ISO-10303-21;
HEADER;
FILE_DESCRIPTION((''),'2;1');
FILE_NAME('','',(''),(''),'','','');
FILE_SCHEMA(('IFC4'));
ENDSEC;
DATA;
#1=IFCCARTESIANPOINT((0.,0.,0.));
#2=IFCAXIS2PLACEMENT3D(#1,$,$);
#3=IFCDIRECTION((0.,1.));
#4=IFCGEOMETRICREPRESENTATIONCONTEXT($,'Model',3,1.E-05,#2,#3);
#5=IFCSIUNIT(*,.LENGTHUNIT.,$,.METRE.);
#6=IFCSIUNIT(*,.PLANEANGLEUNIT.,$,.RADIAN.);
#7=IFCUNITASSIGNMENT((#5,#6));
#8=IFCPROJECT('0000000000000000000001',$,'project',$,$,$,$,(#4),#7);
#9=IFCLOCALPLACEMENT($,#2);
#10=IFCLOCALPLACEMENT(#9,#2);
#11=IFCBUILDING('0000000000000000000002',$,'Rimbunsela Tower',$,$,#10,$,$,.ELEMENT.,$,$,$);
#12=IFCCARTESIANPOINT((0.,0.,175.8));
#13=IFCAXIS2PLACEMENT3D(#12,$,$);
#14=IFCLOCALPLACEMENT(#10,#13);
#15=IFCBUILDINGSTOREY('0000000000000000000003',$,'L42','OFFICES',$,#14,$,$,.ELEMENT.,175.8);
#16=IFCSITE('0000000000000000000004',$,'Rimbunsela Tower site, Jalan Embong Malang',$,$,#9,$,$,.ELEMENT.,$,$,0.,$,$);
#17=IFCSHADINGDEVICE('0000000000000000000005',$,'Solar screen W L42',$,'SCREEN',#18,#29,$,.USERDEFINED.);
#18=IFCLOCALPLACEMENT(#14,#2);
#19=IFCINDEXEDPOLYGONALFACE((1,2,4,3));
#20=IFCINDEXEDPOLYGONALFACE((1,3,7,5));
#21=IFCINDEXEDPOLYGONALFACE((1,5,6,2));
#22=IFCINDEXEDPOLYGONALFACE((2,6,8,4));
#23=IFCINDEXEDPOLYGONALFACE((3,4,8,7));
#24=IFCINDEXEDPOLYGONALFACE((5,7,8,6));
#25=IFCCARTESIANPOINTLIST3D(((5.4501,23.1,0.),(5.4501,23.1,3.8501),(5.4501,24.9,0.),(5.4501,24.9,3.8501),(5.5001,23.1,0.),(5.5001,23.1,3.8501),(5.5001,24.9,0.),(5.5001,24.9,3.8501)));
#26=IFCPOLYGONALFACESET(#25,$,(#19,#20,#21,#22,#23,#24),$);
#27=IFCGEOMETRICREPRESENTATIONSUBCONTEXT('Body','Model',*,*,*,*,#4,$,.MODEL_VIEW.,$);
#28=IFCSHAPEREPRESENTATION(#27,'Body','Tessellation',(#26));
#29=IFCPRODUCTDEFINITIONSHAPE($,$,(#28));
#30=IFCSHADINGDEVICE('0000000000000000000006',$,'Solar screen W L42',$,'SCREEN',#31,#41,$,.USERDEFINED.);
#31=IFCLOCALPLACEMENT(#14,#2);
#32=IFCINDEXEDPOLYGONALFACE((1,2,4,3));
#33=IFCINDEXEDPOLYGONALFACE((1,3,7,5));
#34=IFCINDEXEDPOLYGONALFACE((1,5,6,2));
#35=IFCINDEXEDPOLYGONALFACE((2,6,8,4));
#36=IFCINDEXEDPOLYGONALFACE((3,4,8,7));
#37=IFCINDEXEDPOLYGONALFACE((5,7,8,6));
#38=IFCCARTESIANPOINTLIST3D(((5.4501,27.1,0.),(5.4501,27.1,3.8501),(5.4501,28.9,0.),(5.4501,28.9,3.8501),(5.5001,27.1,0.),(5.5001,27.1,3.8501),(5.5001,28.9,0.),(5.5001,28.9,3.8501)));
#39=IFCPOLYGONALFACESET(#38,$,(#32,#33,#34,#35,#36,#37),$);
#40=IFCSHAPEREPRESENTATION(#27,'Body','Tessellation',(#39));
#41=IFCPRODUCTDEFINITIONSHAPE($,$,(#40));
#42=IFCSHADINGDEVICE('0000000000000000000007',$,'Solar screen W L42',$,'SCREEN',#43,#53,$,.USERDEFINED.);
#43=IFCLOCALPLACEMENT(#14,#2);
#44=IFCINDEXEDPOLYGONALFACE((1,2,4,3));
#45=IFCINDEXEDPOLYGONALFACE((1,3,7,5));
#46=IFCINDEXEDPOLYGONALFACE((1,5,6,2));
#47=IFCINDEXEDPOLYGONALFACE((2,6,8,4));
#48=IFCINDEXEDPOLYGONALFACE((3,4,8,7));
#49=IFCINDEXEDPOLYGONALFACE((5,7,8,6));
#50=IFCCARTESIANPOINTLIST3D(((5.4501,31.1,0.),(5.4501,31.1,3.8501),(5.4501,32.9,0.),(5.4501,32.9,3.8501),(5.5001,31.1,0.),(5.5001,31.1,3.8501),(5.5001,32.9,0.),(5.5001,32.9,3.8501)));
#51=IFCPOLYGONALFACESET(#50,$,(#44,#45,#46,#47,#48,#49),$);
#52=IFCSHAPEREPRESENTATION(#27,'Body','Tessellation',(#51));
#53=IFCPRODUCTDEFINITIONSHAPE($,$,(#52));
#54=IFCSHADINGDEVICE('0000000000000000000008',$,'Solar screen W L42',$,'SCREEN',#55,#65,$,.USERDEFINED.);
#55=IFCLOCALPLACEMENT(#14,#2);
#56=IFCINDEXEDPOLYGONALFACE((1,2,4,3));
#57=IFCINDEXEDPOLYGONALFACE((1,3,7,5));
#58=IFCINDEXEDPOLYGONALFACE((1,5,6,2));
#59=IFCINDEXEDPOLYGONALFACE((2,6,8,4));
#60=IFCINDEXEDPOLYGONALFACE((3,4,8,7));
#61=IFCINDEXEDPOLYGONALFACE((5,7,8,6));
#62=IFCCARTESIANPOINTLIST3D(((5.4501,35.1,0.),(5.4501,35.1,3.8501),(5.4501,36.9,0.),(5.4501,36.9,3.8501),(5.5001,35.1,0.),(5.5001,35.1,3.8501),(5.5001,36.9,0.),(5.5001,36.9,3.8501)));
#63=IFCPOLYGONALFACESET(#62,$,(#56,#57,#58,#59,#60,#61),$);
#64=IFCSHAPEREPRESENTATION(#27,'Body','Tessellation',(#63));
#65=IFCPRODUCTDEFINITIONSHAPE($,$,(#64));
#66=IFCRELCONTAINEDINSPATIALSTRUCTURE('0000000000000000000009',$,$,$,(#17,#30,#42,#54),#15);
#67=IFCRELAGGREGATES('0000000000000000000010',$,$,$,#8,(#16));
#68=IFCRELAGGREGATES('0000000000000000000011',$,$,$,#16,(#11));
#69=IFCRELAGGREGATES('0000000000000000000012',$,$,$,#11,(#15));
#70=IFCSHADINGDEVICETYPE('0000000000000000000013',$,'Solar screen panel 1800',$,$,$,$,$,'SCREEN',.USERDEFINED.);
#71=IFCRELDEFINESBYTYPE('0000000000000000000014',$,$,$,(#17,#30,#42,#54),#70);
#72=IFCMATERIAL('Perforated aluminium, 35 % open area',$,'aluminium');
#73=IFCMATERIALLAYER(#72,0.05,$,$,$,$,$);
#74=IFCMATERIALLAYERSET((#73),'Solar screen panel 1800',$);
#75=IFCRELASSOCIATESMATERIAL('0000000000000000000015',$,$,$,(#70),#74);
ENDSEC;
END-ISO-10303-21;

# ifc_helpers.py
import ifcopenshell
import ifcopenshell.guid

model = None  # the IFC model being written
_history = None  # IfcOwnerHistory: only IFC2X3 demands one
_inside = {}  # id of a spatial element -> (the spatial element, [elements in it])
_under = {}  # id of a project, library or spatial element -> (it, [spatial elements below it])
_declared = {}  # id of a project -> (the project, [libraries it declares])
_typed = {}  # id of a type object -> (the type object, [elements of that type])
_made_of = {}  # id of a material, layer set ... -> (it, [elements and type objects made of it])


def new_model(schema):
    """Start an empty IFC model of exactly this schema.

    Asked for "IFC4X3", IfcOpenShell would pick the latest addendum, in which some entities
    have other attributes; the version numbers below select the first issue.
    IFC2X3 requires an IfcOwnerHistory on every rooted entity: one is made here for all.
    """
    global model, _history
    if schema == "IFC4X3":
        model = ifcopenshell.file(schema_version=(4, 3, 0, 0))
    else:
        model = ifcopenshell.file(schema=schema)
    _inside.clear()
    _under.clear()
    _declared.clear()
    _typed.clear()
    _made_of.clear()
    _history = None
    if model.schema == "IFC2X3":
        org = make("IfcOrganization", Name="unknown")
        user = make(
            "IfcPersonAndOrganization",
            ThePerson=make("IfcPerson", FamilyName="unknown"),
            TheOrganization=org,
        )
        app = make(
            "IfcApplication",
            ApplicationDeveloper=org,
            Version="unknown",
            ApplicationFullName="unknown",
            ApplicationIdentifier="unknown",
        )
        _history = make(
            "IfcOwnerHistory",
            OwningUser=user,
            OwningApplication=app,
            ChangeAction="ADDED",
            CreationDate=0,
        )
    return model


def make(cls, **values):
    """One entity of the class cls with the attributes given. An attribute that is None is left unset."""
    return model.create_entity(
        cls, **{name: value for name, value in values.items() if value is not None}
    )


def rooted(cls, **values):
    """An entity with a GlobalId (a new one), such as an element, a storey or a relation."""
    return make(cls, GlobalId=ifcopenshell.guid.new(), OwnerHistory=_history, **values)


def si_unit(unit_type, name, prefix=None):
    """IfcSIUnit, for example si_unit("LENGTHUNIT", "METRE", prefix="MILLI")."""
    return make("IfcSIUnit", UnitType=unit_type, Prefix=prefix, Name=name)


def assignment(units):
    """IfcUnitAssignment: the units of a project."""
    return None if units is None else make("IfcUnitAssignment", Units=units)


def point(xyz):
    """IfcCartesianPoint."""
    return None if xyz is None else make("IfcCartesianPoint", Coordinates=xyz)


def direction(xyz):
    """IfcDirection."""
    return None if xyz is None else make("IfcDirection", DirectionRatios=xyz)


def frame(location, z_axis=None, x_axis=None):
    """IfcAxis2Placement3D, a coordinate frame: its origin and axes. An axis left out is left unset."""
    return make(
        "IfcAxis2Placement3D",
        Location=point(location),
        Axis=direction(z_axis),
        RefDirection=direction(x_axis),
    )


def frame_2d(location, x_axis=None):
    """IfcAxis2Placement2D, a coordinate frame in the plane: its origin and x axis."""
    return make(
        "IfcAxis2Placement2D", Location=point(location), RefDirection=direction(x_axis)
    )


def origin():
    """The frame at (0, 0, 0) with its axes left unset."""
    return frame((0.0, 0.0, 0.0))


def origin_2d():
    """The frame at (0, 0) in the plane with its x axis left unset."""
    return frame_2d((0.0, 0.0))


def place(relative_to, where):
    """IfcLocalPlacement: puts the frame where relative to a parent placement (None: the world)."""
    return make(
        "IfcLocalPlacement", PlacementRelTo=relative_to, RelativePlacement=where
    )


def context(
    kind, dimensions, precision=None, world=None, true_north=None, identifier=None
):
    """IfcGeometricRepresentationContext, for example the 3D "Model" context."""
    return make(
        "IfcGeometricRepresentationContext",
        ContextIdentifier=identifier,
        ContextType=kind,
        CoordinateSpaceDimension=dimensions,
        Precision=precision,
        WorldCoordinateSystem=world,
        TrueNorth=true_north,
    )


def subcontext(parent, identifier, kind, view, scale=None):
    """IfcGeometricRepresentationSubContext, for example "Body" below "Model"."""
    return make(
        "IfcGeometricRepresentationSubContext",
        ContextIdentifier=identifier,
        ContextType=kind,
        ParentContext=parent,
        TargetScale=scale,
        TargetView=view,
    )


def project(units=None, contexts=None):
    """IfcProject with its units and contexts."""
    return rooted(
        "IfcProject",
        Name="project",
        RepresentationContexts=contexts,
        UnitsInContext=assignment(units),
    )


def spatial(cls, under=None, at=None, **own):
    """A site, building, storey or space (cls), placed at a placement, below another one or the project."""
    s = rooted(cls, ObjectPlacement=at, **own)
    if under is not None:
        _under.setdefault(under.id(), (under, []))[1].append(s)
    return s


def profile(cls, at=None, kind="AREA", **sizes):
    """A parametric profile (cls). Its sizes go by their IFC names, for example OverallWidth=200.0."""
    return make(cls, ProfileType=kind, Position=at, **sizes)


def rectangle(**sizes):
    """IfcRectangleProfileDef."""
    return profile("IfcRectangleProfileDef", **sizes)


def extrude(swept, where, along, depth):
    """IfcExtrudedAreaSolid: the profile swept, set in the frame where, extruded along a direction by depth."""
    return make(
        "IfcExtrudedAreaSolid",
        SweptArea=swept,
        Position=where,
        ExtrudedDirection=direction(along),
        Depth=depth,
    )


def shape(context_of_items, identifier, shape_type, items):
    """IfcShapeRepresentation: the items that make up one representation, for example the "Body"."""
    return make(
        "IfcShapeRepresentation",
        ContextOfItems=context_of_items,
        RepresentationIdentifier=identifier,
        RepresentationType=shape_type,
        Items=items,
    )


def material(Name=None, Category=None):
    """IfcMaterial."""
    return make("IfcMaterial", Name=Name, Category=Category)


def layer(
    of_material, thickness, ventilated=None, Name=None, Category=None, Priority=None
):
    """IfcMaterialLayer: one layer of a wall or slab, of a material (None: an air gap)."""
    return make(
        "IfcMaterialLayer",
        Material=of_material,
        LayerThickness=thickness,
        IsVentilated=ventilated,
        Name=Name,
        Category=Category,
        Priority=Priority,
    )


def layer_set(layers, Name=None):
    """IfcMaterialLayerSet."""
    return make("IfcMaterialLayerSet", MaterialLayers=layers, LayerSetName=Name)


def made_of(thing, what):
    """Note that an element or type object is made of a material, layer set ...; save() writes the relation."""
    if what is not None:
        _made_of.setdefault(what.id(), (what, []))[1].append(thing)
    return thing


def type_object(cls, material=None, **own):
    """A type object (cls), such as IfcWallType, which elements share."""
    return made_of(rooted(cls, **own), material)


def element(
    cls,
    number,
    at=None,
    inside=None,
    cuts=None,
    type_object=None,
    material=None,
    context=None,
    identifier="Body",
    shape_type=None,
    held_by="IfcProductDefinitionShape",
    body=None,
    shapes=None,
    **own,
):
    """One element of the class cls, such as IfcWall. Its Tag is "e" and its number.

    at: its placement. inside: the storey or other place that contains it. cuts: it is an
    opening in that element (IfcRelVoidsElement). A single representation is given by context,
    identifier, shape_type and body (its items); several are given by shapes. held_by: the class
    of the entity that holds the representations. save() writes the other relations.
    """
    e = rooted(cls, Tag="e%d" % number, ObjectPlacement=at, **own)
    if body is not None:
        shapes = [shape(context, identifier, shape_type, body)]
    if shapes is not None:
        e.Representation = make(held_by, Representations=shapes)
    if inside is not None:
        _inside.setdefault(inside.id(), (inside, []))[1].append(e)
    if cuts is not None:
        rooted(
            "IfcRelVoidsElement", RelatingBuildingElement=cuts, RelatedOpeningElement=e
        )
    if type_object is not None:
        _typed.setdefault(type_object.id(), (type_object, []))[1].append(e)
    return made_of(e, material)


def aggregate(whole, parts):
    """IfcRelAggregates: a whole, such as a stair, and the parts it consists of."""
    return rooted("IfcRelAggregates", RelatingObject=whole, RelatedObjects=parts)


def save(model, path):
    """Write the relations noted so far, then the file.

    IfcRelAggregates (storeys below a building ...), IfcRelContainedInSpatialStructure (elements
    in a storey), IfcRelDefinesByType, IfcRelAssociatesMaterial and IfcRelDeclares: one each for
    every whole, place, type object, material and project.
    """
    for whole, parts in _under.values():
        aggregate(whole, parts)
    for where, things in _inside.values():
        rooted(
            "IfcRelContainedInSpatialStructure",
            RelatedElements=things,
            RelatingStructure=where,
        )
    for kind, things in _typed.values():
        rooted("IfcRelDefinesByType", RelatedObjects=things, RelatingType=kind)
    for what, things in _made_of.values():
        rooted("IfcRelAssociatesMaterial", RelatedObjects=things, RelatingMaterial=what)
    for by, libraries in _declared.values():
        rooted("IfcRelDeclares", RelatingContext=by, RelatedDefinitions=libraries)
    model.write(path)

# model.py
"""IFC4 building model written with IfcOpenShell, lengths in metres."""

from ifc_helpers import new_model, si_unit, direction, frame, origin, origin_2d, place, context, subcontext, project, spatial, rectangle, extrude, material, layer, layer_set, type_object, element, save


model = new_model("IFC4")

# Units and contexts
model_context = context("Model", 3, precision=1e-05, world=origin(), true_north=direction((0.0, 1.0)))
body_context = subcontext(model_context, "Body", "Model", "MODEL_VIEW")
ifc_project = project(units=[si_unit("LENGTHUNIT", "METRE"), si_unit("PLANEANGLEUNIT", "RADIAN")], contexts=[model_context])

# Site, building, storey
site_placement = place(None, origin())
site = spatial("IfcSite", under=ifc_project, at=site_placement, Name="Rimbunsela Tower site, Jalan Embong Malang", CompositionType="ELEMENT", RefElevation=0.0)
building_placement = place(site_placement, origin())
building = spatial("IfcBuilding", under=site, at=building_placement, Name="Rimbunsela Tower", CompositionType="ELEMENT")
storey_placement = place(building_placement, frame((0.0, 0.0, 175.8)))
storey = spatial("IfcBuildingStorey", under=building, at=storey_placement, Name="L42", Description="OFFICES", CompositionType="ELEMENT", Elevation=175.8)

# Shading devices
ifc_material_1 = material(Name="Perforated aluminium, 35 % open area", Category="aluminium")
ifc_layer_1 = layer(ifc_material_1, 0.05)
ifc_layer_set_1 = layer_set([ifc_layer_1], Name="Solar screen panel 1800")
shading_device_type = type_object("IfcShadingDeviceType", Name="Solar screen panel 1800", ElementType="SCREEN", PredefinedType="USERDEFINED", material=ifc_layer_set_1)
for number, where, z_axis, x_axis, name in (
    (1, (5.4751, 24.0, 0.0), (0.0, 0.0, 1.0), (0.0, 1.0, 0.0), "Solar screen W L42"),
    (2, (5.4751, 28.0, 0.0), (0.0, 0.0, 1.0), (0.0, 1.0, 0.0), "Solar screen W L42"),
    (3, (5.4751, 32.0, 0.0), (0.0, 0.0, 1.0), (0.0, 1.0, 0.0), "Solar screen W L42"),
    (4, (5.4751, 36.0, 0.0), (0.0, 0.0, 1.0), (0.0, 1.0, 0.0), "Solar screen W L42"),
):
    element("IfcShadingDevice", number, at=place(storey_placement, frame(where, z_axis=z_axis, x_axis=x_axis)), inside=storey, type_object=shading_device_type, Name=name, ObjectType="SCREEN", PredefinedType="USERDEFINED", context=body_context, shape_type="SweptSolid", body=[
        extrude(rectangle(XDim=1.8, YDim=0.05, at=origin_2d()), origin(), (0.0, 0.0, 1.0), 3.8501),
    ])

save(model, "model.ifc")
